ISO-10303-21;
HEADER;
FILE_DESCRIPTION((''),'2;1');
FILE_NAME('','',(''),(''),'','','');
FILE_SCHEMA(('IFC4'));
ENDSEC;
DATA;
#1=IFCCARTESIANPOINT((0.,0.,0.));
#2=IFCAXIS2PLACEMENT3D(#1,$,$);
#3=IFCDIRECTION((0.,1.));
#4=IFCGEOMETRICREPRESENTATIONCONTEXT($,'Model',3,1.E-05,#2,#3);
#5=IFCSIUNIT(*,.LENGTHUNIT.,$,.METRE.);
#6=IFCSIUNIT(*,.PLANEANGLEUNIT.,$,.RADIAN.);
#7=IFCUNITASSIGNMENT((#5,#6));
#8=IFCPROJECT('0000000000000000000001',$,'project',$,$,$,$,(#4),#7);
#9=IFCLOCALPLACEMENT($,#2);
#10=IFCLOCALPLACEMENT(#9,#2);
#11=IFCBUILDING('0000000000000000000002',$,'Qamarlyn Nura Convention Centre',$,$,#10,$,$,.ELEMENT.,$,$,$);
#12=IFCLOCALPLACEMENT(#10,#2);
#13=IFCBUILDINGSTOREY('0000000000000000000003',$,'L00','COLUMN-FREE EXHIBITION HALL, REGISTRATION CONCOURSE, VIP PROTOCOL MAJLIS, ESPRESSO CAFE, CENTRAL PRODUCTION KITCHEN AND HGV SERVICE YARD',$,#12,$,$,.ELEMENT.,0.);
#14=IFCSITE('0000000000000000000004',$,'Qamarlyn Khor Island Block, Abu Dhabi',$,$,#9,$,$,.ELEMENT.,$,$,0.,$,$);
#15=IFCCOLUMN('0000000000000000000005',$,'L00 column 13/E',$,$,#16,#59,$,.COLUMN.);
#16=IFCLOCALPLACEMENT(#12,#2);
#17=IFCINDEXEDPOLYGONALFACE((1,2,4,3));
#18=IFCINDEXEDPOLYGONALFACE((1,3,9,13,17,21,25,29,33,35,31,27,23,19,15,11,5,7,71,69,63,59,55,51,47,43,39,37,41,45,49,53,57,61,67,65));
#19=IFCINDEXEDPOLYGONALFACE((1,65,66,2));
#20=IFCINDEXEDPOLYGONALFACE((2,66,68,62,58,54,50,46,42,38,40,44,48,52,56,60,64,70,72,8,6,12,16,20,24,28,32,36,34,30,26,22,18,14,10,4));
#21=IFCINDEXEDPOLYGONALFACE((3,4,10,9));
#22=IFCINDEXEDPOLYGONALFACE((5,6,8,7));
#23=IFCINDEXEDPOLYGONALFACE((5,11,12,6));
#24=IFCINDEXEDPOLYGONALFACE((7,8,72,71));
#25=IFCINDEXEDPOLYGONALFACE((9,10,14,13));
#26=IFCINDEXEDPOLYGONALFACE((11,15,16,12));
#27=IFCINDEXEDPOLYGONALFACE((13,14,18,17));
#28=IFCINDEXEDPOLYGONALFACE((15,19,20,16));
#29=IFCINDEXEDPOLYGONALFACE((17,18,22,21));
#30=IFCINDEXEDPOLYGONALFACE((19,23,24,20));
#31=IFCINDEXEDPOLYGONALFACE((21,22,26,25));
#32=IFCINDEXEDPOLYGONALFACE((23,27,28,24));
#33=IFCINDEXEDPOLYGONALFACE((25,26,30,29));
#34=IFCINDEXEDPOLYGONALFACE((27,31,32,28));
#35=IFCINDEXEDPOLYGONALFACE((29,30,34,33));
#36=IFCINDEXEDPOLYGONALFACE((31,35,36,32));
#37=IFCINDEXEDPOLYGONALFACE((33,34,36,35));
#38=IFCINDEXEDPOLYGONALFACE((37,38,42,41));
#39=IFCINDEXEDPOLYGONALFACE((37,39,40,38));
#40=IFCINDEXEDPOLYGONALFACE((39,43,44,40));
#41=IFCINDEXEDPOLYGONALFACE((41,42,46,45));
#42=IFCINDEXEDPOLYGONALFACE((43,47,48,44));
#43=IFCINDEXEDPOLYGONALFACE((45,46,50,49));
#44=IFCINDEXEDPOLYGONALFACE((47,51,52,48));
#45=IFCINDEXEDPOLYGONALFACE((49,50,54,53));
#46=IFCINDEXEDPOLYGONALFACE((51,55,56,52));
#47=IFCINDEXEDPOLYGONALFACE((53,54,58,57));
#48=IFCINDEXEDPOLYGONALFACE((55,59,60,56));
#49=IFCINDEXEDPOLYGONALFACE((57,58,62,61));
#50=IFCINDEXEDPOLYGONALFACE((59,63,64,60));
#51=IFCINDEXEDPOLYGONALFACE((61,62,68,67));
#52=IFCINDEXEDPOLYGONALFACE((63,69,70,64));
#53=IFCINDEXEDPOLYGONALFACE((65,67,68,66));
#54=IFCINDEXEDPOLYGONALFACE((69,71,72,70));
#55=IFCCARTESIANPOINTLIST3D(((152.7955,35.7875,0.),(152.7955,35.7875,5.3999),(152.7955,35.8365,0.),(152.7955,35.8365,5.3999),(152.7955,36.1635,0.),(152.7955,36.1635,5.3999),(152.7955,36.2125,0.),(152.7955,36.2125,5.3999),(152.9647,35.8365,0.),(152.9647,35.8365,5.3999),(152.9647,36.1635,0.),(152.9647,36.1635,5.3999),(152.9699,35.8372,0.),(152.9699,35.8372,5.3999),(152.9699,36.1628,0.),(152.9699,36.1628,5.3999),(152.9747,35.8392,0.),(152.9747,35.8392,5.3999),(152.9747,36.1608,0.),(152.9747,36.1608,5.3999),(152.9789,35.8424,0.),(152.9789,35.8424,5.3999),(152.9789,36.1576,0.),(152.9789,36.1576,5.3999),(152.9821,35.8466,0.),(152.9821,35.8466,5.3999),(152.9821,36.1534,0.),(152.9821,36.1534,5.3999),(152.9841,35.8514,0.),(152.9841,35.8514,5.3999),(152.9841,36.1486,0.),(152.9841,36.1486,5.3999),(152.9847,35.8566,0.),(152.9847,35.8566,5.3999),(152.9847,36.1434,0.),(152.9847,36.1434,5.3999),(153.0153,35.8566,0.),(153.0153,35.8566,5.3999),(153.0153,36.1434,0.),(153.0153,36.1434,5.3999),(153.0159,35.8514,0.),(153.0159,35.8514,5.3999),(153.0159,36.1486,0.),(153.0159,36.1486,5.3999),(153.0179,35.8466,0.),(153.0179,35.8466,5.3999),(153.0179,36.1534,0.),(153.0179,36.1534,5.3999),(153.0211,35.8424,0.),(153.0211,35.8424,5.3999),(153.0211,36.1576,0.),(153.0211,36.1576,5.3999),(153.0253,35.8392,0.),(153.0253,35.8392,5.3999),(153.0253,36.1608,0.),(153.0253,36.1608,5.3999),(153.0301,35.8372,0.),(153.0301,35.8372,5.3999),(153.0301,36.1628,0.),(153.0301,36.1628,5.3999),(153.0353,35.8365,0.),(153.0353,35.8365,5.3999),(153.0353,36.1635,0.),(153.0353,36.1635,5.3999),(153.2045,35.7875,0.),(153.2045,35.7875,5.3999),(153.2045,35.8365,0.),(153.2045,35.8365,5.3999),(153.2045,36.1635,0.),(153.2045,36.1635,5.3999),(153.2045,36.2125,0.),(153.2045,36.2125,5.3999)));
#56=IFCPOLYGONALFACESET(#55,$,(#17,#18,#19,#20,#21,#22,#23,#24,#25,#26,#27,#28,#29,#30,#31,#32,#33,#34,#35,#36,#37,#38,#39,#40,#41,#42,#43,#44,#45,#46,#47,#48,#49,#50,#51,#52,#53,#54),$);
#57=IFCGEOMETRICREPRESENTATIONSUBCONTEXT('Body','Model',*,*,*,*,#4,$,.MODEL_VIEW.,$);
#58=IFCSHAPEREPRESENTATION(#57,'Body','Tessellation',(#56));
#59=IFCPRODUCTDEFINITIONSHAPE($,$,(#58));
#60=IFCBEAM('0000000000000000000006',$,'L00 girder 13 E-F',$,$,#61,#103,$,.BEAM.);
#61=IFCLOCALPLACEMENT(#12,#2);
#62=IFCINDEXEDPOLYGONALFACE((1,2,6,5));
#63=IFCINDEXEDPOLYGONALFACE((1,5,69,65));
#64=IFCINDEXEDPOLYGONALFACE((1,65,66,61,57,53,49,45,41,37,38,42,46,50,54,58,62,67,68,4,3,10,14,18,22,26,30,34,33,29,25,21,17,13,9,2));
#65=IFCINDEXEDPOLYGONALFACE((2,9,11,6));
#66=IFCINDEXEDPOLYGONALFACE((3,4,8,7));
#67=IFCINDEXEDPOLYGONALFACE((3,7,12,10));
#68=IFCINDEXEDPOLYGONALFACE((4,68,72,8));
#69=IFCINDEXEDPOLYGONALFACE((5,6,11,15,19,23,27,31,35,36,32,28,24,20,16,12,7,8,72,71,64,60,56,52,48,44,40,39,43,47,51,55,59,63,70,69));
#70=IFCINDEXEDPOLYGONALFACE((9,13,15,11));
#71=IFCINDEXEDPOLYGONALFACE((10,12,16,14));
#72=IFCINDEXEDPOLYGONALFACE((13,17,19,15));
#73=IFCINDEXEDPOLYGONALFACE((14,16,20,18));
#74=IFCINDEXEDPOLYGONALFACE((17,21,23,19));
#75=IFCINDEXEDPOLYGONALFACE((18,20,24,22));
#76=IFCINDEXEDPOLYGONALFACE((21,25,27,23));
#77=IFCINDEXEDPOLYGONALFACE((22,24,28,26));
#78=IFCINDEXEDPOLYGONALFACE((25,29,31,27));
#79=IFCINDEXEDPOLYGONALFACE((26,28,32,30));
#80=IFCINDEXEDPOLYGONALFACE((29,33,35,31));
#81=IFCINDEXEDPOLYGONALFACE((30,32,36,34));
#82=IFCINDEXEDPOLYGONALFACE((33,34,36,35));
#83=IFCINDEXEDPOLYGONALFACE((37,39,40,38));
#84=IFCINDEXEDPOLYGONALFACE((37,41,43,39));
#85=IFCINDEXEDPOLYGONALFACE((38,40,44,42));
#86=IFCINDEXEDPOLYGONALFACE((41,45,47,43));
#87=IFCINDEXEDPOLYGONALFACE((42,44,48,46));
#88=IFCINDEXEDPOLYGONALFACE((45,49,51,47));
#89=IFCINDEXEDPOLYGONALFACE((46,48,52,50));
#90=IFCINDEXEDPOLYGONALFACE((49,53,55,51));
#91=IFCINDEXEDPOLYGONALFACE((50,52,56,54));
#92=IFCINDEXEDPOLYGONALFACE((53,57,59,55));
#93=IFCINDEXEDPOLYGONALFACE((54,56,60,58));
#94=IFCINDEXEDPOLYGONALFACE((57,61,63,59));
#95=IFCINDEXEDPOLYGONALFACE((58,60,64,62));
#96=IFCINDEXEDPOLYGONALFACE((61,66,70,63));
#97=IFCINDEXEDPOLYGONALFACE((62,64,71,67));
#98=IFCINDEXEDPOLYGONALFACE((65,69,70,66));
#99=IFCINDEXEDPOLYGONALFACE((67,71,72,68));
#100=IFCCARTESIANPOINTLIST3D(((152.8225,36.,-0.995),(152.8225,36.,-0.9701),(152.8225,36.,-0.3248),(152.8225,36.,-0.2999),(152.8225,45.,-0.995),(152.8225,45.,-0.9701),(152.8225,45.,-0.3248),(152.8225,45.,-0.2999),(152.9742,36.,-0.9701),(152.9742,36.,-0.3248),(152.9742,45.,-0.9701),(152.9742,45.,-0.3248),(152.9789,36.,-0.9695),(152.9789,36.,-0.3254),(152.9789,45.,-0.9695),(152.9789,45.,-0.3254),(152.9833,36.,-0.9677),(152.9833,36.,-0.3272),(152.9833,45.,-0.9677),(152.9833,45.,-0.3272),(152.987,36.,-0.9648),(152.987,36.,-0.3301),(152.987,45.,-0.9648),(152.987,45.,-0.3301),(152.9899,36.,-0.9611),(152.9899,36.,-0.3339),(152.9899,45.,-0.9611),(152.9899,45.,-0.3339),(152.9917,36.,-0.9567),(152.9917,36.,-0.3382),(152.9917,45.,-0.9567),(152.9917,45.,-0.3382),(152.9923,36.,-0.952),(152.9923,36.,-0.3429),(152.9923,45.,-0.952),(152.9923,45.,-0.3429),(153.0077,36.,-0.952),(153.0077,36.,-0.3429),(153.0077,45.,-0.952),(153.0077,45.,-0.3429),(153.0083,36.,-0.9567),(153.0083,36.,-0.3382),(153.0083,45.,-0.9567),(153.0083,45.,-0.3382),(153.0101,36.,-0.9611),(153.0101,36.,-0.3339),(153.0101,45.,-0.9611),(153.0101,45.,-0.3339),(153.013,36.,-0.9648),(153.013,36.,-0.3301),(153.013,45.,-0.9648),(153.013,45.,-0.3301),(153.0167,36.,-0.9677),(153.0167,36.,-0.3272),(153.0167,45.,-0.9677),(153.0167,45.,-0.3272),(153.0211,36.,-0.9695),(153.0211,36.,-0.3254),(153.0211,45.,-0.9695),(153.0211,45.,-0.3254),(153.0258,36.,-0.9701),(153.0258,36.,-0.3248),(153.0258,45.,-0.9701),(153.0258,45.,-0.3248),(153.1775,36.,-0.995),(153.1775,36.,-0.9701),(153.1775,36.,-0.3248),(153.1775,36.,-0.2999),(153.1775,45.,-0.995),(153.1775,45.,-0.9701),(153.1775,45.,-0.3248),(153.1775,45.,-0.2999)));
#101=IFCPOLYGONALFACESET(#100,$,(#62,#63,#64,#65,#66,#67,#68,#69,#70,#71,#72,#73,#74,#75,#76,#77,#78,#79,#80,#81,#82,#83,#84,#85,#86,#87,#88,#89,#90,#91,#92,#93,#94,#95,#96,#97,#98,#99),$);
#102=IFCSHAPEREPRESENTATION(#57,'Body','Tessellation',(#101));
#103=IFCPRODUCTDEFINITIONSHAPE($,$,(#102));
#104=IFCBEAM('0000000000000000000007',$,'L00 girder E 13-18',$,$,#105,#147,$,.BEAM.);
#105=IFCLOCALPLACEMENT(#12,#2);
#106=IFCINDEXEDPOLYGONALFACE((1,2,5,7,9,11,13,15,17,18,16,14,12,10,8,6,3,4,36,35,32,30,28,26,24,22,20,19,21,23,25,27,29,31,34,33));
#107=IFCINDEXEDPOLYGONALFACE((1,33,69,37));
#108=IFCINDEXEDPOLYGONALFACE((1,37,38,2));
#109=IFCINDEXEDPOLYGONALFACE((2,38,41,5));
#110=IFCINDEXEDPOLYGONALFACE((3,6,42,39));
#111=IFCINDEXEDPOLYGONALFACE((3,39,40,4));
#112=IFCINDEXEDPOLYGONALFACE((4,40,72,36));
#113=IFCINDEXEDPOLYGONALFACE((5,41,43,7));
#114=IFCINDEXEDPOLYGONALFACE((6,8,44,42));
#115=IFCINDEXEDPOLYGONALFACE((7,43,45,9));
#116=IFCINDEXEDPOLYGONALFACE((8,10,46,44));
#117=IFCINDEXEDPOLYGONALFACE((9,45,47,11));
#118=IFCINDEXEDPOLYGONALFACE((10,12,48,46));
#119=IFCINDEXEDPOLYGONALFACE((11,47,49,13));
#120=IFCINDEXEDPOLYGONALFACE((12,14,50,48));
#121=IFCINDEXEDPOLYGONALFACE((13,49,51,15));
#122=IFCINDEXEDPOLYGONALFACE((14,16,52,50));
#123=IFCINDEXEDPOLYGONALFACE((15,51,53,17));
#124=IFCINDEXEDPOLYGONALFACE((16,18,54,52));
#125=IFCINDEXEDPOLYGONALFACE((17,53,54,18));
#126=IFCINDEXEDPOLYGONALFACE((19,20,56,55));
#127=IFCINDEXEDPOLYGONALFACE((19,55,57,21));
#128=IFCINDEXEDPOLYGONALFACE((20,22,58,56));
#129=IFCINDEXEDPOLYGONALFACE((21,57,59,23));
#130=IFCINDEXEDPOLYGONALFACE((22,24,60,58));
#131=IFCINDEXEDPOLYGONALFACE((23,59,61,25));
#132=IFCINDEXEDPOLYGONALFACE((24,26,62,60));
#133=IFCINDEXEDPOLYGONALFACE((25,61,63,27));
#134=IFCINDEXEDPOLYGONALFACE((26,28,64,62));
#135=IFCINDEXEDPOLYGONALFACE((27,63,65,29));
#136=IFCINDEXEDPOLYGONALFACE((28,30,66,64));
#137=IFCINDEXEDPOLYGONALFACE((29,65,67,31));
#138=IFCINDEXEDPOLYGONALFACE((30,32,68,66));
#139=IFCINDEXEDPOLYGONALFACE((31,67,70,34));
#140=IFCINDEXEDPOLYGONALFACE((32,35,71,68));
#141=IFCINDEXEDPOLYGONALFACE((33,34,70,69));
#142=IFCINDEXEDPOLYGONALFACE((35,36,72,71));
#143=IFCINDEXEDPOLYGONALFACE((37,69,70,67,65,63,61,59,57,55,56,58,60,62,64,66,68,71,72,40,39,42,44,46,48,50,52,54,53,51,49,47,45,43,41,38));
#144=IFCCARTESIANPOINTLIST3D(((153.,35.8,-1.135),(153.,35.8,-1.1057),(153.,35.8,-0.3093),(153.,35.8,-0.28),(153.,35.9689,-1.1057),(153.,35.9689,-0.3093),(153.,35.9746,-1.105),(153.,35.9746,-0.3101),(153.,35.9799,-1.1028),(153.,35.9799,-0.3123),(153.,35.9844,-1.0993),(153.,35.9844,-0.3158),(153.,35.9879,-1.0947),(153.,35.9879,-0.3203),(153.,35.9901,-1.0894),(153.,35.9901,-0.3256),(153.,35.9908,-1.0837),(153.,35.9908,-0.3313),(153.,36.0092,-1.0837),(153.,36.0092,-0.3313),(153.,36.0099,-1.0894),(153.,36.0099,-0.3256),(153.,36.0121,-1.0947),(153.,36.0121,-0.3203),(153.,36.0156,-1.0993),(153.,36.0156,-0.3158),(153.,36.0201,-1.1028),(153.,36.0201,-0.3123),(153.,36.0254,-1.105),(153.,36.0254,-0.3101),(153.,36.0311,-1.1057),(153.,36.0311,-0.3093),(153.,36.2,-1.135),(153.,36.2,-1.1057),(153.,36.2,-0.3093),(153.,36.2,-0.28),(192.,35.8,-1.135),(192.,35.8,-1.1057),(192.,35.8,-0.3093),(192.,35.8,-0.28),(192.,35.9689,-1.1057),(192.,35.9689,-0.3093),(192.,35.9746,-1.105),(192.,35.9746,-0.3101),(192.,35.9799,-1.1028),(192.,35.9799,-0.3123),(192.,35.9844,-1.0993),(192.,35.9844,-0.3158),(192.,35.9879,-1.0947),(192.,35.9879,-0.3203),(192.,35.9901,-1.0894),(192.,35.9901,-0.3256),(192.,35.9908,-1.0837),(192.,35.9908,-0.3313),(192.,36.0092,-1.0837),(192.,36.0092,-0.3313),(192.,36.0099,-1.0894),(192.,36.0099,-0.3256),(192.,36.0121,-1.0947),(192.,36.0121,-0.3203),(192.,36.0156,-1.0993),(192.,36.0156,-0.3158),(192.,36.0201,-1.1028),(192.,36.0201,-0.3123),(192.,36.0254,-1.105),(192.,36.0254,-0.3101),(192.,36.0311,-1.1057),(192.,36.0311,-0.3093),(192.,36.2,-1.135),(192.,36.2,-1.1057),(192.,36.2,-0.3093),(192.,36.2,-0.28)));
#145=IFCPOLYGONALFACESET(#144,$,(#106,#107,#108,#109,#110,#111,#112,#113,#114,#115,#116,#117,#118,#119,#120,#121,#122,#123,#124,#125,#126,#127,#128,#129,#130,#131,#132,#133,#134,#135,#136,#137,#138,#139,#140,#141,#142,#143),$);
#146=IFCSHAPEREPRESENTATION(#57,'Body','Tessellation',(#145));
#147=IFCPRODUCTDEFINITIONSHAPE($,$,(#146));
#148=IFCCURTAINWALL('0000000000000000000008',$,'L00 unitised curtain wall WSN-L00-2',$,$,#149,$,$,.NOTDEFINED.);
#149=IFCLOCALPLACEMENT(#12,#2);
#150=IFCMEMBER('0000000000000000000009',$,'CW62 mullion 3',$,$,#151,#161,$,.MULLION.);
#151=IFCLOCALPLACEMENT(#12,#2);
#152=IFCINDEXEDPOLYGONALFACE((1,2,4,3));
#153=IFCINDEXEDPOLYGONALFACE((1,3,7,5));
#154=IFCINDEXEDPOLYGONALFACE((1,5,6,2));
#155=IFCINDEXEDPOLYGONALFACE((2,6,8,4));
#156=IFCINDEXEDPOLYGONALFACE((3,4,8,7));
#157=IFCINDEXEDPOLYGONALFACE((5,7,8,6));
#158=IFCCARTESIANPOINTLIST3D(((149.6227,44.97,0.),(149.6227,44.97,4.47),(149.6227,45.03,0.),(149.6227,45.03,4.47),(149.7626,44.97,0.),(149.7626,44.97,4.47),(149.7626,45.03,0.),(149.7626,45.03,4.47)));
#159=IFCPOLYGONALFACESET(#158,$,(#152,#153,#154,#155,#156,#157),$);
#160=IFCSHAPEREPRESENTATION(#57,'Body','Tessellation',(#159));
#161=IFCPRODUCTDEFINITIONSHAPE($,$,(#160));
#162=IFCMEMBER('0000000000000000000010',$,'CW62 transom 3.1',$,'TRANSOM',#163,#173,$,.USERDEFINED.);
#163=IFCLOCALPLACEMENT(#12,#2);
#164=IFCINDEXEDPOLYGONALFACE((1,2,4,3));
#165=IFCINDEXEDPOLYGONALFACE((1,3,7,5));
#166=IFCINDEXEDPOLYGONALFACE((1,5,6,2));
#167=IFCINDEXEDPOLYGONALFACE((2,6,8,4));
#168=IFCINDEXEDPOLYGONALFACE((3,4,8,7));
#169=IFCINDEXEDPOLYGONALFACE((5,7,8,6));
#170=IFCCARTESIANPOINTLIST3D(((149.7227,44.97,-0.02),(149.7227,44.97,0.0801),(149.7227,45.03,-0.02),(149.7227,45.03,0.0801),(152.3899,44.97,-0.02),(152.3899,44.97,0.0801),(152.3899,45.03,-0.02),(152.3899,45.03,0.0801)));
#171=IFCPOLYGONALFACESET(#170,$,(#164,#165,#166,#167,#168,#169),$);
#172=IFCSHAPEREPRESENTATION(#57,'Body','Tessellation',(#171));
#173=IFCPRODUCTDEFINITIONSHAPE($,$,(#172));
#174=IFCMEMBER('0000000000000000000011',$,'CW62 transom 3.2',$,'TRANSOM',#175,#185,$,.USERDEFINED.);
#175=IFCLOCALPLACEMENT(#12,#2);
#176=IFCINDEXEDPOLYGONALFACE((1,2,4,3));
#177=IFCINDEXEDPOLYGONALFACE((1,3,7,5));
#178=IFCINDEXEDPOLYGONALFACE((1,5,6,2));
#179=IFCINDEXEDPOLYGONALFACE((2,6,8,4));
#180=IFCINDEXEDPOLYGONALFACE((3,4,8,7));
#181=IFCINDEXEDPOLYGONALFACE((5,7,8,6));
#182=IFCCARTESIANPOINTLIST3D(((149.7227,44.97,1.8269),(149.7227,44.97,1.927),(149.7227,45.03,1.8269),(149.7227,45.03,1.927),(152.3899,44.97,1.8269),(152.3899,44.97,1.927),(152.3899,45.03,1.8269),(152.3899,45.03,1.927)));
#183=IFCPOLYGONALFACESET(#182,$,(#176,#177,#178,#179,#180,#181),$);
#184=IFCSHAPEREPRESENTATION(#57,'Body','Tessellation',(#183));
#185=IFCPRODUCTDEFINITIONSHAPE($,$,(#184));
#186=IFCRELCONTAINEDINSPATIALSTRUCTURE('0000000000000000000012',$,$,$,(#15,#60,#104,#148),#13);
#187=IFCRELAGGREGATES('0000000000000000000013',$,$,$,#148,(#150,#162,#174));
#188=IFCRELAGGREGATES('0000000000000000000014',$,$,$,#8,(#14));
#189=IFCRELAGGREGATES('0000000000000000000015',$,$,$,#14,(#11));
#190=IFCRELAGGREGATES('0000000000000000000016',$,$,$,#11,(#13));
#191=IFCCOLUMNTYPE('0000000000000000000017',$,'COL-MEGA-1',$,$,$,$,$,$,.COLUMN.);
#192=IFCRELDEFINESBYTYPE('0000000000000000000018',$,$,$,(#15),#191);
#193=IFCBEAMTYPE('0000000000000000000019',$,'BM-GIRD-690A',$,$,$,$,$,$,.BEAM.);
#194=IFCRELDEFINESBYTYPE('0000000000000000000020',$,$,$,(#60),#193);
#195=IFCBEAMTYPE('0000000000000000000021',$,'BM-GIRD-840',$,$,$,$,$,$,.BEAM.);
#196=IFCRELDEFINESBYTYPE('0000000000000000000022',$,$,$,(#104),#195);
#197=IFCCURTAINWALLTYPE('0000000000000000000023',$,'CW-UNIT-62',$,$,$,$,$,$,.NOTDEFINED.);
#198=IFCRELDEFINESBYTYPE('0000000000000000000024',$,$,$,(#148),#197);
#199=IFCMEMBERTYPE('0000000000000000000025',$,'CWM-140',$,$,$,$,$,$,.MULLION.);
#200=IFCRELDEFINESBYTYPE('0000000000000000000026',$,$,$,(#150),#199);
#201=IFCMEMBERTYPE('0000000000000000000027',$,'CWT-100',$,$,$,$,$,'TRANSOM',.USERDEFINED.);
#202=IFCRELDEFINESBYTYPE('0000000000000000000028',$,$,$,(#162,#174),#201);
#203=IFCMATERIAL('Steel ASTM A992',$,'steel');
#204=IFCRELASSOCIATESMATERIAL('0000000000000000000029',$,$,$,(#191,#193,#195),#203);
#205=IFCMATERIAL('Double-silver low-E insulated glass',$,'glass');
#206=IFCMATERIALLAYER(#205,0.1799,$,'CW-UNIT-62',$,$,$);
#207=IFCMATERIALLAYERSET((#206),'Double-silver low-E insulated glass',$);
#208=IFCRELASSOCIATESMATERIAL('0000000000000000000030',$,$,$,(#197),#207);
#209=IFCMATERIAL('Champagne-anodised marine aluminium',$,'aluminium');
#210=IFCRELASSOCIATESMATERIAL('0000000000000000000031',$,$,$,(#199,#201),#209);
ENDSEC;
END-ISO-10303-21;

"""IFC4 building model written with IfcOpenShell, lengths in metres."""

from ifc_helpers import new_model, si_unit, direction, frame, origin, origin_2d, place, context, subcontext, project, spatial, rectangle, i_section, extrude, material, layer, layer_set, material_profile, profile_set, type_object, element, aggregate, save


model = new_model("IFC4")

# Units and contexts
model_context = context("Model", 3, precision=1e-05, world=origin(), true_north=direction((0.0, 1.0)))
body_context = subcontext(model_context, "Body", "Model", "MODEL_VIEW")
ifc_project = project(units=[si_unit("LENGTHUNIT", "METRE"), si_unit("PLANEANGLEUNIT", "RADIAN")], contexts=[model_context])

# Site, building, storey
site_placement = place(None, origin())
site = spatial("IfcSite", under=ifc_project, at=site_placement, Name="Qamarlyn Khor Island Block, Abu Dhabi", CompositionType="ELEMENT", RefElevation=0.0)
building_placement = place(site_placement, origin())
building = spatial("IfcBuilding", under=site, at=building_placement, Name="Qamarlyn Nura Convention Centre", CompositionType="ELEMENT")
storey_placement = place(building_placement, origin())
storey = spatial("IfcBuildingStorey", under=building, at=storey_placement, Name="L00", Description="COLUMN-FREE EXHIBITION HALL, REGISTRATION CONCOURSE, VIP PROTOCOL MAJLIS, ESPRESSO CAFE, CENTRAL PRODUCTION KITCHEN AND HGV SERVICE YARD", CompositionType="ELEMENT", Elevation=0.0)

# Column
ifc_material_1 = material(Name="Steel ASTM A992", Category="steel")
ifc_material_profile_1 = material_profile(ifc_material_1, i_section(OverallWidth=0.4089, OverallDepth=0.425, WebThickness=0.0305, FlangeThickness=0.0491, FilletRadius=0.02, at=origin_2d()), Name="W360X421")
ifc_profile_set_1 = profile_set([ifc_material_profile_1], Name="Steel ASTM A992")
column_type = type_object("IfcColumnType", Name="COL-MEGA-1", PredefinedType="COLUMN", material=ifc_profile_set_1)
column_placement = place(storey_placement, frame((153.0, 36.0, 0.0), z_axis=(0.0, 0.0, 1.0), x_axis=(1.0, 0.0, 0.0)))
element("IfcColumn", 1, at=column_placement, inside=storey, type_object=column_type, Name="L00 column 13/E", PredefinedType="COLUMN", context=body_context, shape_type="SweptSolid", body=[
    extrude(i_section(OverallWidth=0.4089, OverallDepth=0.425, WebThickness=0.0305, FlangeThickness=0.0491, FilletRadius=0.02, at=origin_2d()), origin(), (0.0, 0.0, 1.0), 5.3999),
])

# Beams
ifc_material_profile_2 = material_profile(ifc_material_1, i_section(OverallWidth=0.355, OverallDepth=0.6951, WebThickness=0.0154, FlangeThickness=0.0249, FilletRadius=0.0181, at=origin_2d()), Name="W690X217")
ifc_profile_set_2 = profile_set([ifc_material_profile_2], Name="Steel ASTM A992")
beam_type_1 = type_object("IfcBeamType", Name="BM-GIRD-690A", PredefinedType="BEAM", material=ifc_profile_set_2)
beam_1_placement = place(storey_placement, frame((153.0, 36.0, -0.6475), z_axis=(0.0, 1.0, 0.0), x_axis=(-1.0, 0.0, 0.0)))
element("IfcBeam", 2, at=beam_1_placement, inside=storey, type_object=beam_type_1, Name="L00 girder 13 E-F", PredefinedType="BEAM", context=body_context, shape_type="SweptSolid", body=[
    extrude(i_section(OverallWidth=0.355, OverallDepth=0.6951, WebThickness=0.0154, FlangeThickness=0.0249, FilletRadius=0.0181, at=origin_2d()), origin(), (0.0, 0.0, 1.0), 9.0),
])
ifc_material_profile_3 = material_profile(ifc_material_1, i_section(OverallWidth=0.3999, OverallDepth=0.855, WebThickness=0.0183, FlangeThickness=0.0293, FilletRadius=0.022, at=origin_2d()), Name="W840X299")
ifc_profile_set_3 = profile_set([ifc_material_profile_3], Name="Steel ASTM A992")
beam_type_2 = type_object("IfcBeamType", Name="BM-GIRD-840", PredefinedType="BEAM", material=ifc_profile_set_3)
beam_2_placement = place(storey_placement, frame((153.0, 36.0, -0.7075), z_axis=(1.0, 0.0, 0.0), x_axis=(0.0, 1.0, 0.0)))
element("IfcBeam", 3, at=beam_2_placement, inside=storey, type_object=beam_type_2, Name="L00 girder E 13-18", PredefinedType="BEAM", context=body_context, shape_type="SweptSolid", body=[
    extrude(i_section(OverallWidth=0.3999, OverallDepth=0.855, WebThickness=0.0183, FlangeThickness=0.0293, FilletRadius=0.022, at=origin_2d()), origin(), (0.0, 0.0, 1.0), 39.0),
])

# Curtain wall, members
ifc_material_2 = material(Name="Double-silver low-E insulated glass", Category="glass")
ifc_layer_1 = layer(ifc_material_2, 0.1799, Name="CW-UNIT-62")
ifc_layer_set_1 = layer_set([ifc_layer_1], Name="Double-silver low-E insulated glass")
curtain_wall_type = type_object("IfcCurtainWallType", Name="CW-UNIT-62", PredefinedType="NOTDEFINED", material=ifc_layer_set_1)
curtain_wall_placement = place(storey_placement, origin())
curtain_wall = element("IfcCurtainWall", 4, at=curtain_wall_placement, inside=storey, type_object=curtain_wall_type, Name="L00 unitised curtain wall WSN-L00-2", PredefinedType="NOTDEFINED")
ifc_material_3 = material(Name="Champagne-anodised marine aluminium", Category="aluminium")
ifc_material_profile_4 = material_profile(ifc_material_3, rectangle(XDim=0.0601, YDim=0.1399, at=origin_2d()), Name="ALU MULLION 60x140")
ifc_profile_set_4 = profile_set([ifc_material_profile_4], Name="Champagne-anodised marine aluminium")
member_type_1 = type_object("IfcMemberType", Name="CWM-140", PredefinedType="MULLION", material=ifc_profile_set_4)
member_1_placement = place(storey_placement, frame((149.6926, 45.0, 0.0), z_axis=(0.0, 0.0, 1.0), x_axis=(0.0, 1.0, 0.0)))
member_1 = element("IfcMember", 5, at=member_1_placement, type_object=member_type_1, Name="CW62 mullion 3", PredefinedType="MULLION", context=body_context, shape_type="SweptSolid", body=[
    extrude(rectangle(XDim=0.0601, YDim=0.1399, at=origin_2d()), origin(), (0.0, 0.0, 1.0), 4.47),
])
ifc_material_profile_5 = material_profile(ifc_material_3, rectangle(XDim=0.0601, YDim=0.1001, at=origin_2d()), Name="ALU TRANSOM 60x100")
ifc_profile_set_5 = profile_set([ifc_material_profile_5], Name="Champagne-anodised marine aluminium")
member_type_2 = type_object("IfcMemberType", Name="CWT-100", ElementType="TRANSOM", PredefinedType="USERDEFINED", material=ifc_profile_set_5)
member_2_placement = place(storey_placement, frame((149.7227, 45.0, 0.03), z_axis=(1.0, 0.0, 0.0), x_axis=(0.0, 1.0, 0.0)))
member_2 = element("IfcMember", 6, at=member_2_placement, type_object=member_type_2, Name="CW62 transom 3.1", ObjectType="TRANSOM", PredefinedType="USERDEFINED", context=body_context, shape_type="SweptSolid", body=[
    extrude(rectangle(XDim=0.0601, YDim=0.1001, at=origin_2d()), origin(), (0.0, 0.0, 1.0), 2.6672),
])
member_3_placement = place(storey_placement, frame((149.7227, 45.0, 1.877), z_axis=(1.0, 0.0, 0.0), x_axis=(0.0, 1.0, 0.0)))
member_3 = element("IfcMember", 7, at=member_3_placement, type_object=member_type_2, Name="CW62 transom 3.2", ObjectType="TRANSOM", PredefinedType="USERDEFINED", context=body_context, shape_type="SweptSolid", body=[
    extrude(rectangle(XDim=0.0601, YDim=0.1001, at=origin_2d()), origin(), (0.0, 0.0, 1.0), 2.6672),
])
aggregate(curtain_wall, [member_1, member_2, member_3])

save(model, "model.ifc")
